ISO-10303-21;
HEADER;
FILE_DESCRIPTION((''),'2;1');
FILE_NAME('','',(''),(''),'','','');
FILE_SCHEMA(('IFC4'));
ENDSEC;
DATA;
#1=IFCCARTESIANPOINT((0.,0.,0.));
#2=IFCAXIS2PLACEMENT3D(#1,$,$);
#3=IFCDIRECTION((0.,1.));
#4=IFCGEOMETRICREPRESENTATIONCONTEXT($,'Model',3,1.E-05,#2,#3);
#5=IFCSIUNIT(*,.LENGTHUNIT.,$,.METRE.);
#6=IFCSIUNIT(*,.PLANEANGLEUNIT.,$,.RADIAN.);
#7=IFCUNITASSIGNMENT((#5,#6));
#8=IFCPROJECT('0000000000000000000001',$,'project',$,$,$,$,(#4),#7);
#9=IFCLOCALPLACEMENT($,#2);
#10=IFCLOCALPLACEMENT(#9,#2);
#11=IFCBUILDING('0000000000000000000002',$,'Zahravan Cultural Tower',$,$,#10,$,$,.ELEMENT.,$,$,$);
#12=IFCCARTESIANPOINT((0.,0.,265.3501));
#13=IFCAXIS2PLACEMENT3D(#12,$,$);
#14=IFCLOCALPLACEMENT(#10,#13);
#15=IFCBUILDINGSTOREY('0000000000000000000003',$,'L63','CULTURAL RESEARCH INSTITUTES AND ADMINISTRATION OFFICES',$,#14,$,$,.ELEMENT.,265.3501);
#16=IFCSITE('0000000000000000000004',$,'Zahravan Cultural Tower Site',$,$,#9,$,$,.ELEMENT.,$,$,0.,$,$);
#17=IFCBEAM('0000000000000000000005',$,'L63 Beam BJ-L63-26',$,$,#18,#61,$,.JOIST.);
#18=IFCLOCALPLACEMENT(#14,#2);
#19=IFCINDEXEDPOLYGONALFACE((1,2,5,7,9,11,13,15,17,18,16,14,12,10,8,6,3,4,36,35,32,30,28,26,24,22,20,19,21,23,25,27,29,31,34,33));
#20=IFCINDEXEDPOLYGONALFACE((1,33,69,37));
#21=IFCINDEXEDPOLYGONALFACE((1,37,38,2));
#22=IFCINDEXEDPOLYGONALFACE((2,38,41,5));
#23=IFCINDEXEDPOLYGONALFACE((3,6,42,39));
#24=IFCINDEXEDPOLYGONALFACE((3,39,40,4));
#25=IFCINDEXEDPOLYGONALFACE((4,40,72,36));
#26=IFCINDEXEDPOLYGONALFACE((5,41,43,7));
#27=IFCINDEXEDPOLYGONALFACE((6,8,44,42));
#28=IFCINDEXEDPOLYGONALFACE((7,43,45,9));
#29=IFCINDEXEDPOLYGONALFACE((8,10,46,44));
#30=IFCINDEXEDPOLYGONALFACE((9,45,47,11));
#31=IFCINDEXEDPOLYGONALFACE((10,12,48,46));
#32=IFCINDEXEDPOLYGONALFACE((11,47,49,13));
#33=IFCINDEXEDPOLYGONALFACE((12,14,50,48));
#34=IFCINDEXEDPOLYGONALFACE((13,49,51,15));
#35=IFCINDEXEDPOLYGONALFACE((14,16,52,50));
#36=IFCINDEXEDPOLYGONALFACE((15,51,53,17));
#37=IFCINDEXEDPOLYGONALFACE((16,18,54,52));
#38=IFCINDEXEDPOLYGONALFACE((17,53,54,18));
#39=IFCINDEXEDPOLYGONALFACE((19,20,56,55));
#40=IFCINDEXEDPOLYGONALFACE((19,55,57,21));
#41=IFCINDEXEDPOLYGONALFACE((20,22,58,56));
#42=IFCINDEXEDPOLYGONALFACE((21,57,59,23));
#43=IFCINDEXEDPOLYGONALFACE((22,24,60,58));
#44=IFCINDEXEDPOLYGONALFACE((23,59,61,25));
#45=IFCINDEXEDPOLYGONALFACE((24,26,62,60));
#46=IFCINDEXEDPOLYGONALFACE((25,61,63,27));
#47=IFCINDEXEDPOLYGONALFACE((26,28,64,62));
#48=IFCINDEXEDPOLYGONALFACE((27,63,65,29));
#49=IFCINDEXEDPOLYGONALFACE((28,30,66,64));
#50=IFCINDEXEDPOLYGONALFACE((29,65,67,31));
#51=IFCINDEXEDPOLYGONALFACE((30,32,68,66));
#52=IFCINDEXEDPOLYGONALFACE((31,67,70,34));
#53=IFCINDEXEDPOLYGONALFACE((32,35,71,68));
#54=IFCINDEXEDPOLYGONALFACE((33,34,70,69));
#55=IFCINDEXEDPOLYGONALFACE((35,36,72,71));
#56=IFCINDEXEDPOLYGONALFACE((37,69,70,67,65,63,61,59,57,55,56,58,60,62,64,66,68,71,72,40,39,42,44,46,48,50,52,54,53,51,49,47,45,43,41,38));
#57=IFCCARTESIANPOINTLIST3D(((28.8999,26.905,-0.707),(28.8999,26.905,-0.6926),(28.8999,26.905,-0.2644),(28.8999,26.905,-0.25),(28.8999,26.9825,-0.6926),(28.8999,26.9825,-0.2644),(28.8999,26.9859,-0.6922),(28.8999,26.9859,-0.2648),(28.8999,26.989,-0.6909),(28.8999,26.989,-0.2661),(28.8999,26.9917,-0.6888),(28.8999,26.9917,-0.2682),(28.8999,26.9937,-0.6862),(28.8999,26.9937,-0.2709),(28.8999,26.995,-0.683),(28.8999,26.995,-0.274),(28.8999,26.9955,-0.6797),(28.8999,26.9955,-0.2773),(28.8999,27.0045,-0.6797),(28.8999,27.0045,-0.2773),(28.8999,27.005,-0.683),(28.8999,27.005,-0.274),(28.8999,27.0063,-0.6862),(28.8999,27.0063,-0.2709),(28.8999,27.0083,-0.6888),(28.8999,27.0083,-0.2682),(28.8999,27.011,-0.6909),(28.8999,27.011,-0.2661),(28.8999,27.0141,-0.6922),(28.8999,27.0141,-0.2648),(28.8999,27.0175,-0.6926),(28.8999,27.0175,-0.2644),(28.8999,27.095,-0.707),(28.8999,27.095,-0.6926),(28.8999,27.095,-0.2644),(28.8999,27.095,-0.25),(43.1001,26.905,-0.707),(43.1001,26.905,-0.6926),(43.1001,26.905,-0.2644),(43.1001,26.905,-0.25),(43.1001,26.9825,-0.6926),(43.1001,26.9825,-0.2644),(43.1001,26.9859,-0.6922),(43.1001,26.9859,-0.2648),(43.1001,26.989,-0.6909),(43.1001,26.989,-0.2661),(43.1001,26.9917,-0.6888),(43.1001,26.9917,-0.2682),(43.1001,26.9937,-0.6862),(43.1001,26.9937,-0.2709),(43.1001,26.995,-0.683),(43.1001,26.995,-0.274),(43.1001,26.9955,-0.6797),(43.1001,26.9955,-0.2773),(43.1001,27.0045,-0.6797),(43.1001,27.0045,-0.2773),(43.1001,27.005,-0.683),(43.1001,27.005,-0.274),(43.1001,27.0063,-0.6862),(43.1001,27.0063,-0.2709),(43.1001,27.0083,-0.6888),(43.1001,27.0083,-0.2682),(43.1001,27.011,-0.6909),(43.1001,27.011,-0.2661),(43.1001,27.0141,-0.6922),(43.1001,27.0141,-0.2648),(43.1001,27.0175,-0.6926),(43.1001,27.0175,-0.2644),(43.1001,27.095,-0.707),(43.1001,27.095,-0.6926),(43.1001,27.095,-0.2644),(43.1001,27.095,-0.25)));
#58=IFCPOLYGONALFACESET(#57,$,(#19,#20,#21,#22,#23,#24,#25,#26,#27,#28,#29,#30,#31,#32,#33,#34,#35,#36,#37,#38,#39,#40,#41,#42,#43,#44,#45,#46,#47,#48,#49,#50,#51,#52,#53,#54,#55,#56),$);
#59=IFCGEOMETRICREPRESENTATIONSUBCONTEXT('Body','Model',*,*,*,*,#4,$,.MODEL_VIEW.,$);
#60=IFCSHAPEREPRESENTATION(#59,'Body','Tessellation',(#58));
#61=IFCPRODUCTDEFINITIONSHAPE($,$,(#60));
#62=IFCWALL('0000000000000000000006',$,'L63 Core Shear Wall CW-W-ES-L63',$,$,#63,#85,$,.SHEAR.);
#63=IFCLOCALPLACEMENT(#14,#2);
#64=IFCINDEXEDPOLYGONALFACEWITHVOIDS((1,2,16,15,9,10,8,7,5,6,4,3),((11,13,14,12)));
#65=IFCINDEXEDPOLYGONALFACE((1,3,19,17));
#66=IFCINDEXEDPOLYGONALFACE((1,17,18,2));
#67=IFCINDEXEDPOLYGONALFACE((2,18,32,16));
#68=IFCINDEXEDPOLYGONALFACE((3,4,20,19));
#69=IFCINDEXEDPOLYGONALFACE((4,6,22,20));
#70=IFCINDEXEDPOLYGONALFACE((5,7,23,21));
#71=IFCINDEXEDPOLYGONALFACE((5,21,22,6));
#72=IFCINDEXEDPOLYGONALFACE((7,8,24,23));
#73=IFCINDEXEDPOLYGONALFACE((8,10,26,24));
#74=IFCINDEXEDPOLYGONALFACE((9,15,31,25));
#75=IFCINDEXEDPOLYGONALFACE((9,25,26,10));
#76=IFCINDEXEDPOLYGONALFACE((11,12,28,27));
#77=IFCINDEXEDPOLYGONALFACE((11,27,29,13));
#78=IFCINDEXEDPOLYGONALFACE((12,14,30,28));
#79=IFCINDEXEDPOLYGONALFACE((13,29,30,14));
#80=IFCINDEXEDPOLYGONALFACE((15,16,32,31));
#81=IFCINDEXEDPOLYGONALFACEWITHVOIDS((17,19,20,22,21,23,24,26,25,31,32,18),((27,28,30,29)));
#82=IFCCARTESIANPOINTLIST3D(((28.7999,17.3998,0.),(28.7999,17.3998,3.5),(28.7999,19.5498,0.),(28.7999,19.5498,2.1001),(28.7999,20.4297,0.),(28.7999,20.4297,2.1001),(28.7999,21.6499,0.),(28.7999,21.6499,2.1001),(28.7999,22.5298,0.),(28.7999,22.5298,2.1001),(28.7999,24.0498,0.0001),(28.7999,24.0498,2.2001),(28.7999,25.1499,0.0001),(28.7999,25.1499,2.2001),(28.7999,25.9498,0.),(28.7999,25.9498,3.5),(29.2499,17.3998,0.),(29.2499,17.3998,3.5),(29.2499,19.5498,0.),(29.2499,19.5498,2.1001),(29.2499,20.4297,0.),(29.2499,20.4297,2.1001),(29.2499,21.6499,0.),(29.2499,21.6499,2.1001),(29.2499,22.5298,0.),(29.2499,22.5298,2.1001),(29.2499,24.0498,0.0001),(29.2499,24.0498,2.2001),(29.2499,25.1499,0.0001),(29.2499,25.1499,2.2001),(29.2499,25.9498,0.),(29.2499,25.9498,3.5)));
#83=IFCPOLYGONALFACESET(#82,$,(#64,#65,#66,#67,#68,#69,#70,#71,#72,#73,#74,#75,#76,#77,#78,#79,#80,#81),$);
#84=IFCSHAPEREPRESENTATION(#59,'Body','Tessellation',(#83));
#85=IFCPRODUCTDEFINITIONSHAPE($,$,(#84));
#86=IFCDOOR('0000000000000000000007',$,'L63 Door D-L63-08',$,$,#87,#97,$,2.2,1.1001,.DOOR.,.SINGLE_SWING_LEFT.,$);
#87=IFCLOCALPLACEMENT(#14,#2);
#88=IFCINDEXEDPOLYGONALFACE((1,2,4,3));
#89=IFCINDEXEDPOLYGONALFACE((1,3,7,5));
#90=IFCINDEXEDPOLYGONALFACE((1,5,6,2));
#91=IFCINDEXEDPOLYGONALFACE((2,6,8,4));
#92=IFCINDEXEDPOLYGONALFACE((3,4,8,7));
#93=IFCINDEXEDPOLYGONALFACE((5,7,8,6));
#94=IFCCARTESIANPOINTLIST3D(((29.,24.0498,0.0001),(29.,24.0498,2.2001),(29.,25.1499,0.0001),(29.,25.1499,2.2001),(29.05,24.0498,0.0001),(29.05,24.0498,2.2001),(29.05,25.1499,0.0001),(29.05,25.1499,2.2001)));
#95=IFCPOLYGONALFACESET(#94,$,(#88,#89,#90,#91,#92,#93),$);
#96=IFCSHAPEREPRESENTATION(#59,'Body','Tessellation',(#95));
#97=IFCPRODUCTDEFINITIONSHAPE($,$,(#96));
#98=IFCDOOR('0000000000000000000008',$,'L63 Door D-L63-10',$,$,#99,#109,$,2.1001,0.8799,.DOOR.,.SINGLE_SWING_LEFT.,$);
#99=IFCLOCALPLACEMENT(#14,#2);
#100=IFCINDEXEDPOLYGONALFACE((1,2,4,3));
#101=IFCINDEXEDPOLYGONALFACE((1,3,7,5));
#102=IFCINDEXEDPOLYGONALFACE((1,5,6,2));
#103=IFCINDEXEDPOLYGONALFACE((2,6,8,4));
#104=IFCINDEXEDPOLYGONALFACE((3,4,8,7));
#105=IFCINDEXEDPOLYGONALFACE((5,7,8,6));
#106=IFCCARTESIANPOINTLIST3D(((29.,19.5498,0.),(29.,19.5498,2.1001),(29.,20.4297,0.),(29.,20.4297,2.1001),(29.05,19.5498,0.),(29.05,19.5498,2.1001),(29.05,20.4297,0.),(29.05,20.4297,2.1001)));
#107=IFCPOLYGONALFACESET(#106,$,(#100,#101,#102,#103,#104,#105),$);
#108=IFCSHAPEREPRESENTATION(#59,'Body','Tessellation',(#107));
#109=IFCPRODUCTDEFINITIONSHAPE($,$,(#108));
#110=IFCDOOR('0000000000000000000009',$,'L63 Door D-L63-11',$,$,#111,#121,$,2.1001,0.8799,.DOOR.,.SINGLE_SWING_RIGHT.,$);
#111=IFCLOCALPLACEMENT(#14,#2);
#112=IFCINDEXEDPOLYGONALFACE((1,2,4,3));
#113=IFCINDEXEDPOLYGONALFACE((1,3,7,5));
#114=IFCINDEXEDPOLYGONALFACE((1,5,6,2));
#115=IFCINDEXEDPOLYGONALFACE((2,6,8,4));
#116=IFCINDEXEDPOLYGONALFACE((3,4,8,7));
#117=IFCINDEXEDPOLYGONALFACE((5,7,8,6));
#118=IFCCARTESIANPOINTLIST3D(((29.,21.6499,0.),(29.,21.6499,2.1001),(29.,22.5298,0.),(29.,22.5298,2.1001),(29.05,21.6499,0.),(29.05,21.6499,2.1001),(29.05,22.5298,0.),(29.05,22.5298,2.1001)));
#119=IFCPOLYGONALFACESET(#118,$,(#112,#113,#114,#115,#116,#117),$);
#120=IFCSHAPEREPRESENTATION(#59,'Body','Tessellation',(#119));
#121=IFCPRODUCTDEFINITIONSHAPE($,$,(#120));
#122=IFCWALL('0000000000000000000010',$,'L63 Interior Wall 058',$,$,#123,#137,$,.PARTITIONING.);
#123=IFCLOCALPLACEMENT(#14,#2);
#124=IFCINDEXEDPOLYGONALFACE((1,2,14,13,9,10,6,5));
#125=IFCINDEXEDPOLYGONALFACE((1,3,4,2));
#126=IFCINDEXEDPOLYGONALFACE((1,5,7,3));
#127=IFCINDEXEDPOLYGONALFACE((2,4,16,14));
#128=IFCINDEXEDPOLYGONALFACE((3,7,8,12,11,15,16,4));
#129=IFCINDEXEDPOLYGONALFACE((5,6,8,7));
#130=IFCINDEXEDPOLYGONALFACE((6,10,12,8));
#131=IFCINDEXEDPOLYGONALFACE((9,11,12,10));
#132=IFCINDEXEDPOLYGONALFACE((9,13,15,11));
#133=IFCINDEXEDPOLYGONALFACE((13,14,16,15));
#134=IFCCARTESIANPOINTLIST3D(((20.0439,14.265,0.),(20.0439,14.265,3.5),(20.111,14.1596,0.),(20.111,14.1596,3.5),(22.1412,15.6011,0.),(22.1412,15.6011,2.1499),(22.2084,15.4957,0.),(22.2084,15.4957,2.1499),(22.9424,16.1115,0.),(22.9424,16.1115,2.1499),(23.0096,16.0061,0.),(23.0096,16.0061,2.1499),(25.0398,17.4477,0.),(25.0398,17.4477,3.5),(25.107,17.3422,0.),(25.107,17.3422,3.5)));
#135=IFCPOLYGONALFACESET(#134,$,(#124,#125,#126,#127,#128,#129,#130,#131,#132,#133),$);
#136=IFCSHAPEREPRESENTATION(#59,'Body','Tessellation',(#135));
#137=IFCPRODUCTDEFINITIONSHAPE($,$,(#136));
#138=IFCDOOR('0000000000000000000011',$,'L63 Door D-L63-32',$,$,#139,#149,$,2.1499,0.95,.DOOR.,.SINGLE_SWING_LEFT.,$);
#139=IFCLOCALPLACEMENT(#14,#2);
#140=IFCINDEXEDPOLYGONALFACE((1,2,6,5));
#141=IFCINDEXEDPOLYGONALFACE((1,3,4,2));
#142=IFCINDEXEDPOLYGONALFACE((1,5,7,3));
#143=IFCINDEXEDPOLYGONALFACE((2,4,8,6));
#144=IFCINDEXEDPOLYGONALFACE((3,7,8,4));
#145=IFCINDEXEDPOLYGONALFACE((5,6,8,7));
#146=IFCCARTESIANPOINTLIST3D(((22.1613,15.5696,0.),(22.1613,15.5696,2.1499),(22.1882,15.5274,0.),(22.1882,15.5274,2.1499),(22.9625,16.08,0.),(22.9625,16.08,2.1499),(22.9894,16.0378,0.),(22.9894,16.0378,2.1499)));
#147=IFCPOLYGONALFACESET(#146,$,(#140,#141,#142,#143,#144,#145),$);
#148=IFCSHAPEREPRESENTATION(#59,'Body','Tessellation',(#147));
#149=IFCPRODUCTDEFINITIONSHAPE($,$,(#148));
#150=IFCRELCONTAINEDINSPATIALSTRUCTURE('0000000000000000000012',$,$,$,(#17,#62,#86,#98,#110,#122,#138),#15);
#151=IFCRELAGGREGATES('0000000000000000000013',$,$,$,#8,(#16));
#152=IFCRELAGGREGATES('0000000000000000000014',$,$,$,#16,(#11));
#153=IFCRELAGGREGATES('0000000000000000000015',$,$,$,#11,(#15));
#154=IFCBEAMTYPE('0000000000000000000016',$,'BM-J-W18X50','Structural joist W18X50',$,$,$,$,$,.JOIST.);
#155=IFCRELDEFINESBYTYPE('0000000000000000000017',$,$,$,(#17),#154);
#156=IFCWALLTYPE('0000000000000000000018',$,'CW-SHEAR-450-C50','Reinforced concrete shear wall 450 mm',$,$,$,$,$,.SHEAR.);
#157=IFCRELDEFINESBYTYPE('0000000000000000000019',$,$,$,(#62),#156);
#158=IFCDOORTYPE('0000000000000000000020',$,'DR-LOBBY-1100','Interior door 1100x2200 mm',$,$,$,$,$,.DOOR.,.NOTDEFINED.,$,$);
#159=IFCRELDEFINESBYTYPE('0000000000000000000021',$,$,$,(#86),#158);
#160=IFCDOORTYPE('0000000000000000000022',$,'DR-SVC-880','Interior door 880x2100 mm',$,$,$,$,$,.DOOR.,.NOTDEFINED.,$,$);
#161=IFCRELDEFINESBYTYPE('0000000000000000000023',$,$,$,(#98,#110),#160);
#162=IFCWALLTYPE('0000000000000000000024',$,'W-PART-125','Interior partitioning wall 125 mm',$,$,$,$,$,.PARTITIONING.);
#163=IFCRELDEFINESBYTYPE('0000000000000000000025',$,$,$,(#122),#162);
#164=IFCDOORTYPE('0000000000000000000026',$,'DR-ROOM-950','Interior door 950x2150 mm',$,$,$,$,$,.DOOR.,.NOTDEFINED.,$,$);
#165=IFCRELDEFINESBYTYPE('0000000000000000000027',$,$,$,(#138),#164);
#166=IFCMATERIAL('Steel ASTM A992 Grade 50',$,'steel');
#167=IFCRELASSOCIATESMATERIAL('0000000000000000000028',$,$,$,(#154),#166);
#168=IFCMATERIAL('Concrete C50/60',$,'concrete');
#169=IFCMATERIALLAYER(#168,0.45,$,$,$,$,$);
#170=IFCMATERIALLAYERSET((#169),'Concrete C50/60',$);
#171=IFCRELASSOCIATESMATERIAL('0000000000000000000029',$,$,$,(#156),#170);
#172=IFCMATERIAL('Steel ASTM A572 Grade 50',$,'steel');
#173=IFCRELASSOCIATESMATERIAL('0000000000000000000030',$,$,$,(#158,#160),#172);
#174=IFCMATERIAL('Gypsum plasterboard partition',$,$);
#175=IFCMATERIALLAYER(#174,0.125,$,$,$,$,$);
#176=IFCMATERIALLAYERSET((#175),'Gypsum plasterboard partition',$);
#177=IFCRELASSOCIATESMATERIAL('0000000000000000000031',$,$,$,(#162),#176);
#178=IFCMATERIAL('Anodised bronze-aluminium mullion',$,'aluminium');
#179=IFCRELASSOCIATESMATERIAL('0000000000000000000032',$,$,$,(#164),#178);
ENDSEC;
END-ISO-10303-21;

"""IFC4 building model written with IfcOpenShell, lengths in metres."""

from ifc_helpers import new_model, si_unit, direction, frame, frame_2d, origin, origin_2d, place, context, subcontext, project, spatial, rectangle, i_section, extrude, source, transform, mapped, material, layer, layer_set, material_profile, profile_set, type_object, element, fill, save


model = new_model("IFC4")

# Units and contexts
model_context = context("Model", 3, precision=1e-05, world=origin(), true_north=direction((0.0, 1.0)))
body_context = subcontext(model_context, "Body", "Model", "MODEL_VIEW")
ifc_project = project(units=[si_unit("LENGTHUNIT", "METRE"), si_unit("PLANEANGLEUNIT", "RADIAN")], contexts=[model_context])

# Site, building, storey
site_placement = place(None, origin())
site = spatial("IfcSite", under=ifc_project, at=site_placement, Name="Zahravan Cultural Tower Site", CompositionType="ELEMENT", RefElevation=0.0)
building_placement = place(site_placement, origin())
building = spatial("IfcBuilding", under=site, at=building_placement, Name="Zahravan Cultural Tower", CompositionType="ELEMENT")
storey_placement = place(building_placement, frame((0.0, 0.0, 265.3501)))
storey = spatial("IfcBuildingStorey", under=building, at=storey_placement, Name="L63", Description="CULTURAL RESEARCH INSTITUTES AND ADMINISTRATION OFFICES", CompositionType="ELEMENT", Elevation=265.3501)

# Shared definitions
ifc_material_1 = material(Name="Concrete C50/60", Category="concrete")

# Beam
ifc_material_2 = material(Name="Steel ASTM A992 Grade 50", Category="steel")
ifc_material_profile_1 = material_profile(ifc_material_2, i_section(OverallWidth=0.1899, OverallDepth=0.457, WebThickness=0.009, FlangeThickness=0.0144, FilletRadius=0.0129, at=origin_2d()), Name="W18X50")
ifc_profile_set_1 = profile_set([ifc_material_profile_1], Name="Steel ASTM A992 Grade 50")
beam_type_1 = type_object("IfcBeamType", Name="BM-J-W18X50", Description="Structural joist W18X50", PredefinedType="JOIST", material=ifc_profile_set_1)
shared_shape_1 = source(origin(), body_context, "Body", "SweptSolid", [
    extrude(i_section(OverallWidth=0.1899, OverallDepth=0.457, WebThickness=0.009, FlangeThickness=0.0144, FilletRadius=0.0129, at=origin_2d()), origin(), (0.0, 0.0, 1.0), 14.2002),
])
for number, where, z_axis, x_axis, name in (
    (1, (28.8999, 27.0, -0.4785), (1.0, 0.0, 0.0), (0.0, 1.0, 0.0), "L63 Beam BJ-L63-26"),
):
    element("IfcBeam", number, at=place(storey_placement, frame(where, z_axis=z_axis, x_axis=x_axis)), inside=storey, type_object=beam_type_1, Name=name, PredefinedType="JOIST", context=body_context, shape_type="MappedRepresentation", body=[
        mapped(shared_shape_1, transform((0.0, 0.0, 0.0), x_axis=(1.0, 0.0, 0.0), y_axis=(0.0, 1.0, 0.0), z_axis=(0.0, 0.0, 1.0), scale=1.0)),
    ])

# Wall, openings, doors
ifc_layer_1 = layer(ifc_material_1, 0.45)
ifc_layer_set_1 = layer_set([ifc_layer_1], Name="Concrete C50/60")
wall_type_1 = type_object("IfcWallType", Name="CW-SHEAR-450-C50", Description="Reinforced concrete shear wall 450 mm", PredefinedType="SHEAR", material=ifc_layer_set_1)
wall_1_placement = place(storey_placement, frame((29.0249, 17.3999, 0.0), z_axis=(0.0, 0.0, 1.0), x_axis=(0.0, 1.0, 0.0)))
wall_1 = element("IfcWall", 2, at=wall_1_placement, inside=storey, type_object=wall_type_1, Name="L63 Core Shear Wall CW-W-ES-L63", PredefinedType="SHEAR", context=body_context, shape_type="SweptSolid", body=[
    extrude(rectangle(XDim=8.55, YDim=0.45, at=frame_2d((4.2749, 0.0))), origin(), (0.0, 0.0, 1.0), 3.5),
])
opening_1_placement = place(wall_1_placement, frame((6.6499, 0.0, 0.0)))
opening_1 = element("IfcOpeningElement", 3, at=opening_1_placement, cuts=wall_1, PredefinedType="OPENING", context=body_context, shape_type="SweptSolid", body=[
    extrude(rectangle(XDim=1.1001, YDim=2.2, at=frame_2d((0.55, 1.1001))), frame((0.0, 0.2349, 0.0), z_axis=(0.0, -1.0, 0.0), x_axis=(1.0, 0.0, 0.0)), (0.0, 0.0, 1.0), 0.47),
])
opening_2_placement = place(wall_1_placement, frame((2.1499, 0.0, 0.0)))
opening_2 = element("IfcOpeningElement", 4, at=opening_2_placement, cuts=wall_1, PredefinedType="OPENING", context=body_context, shape_type="SweptSolid", body=[
    extrude(rectangle(XDim=0.8799, YDim=2.1001, at=frame_2d((0.4399, 1.05))), frame((0.0, 0.2349, 0.0), z_axis=(0.0, -1.0, 0.0), x_axis=(1.0, 0.0, 0.0)), (0.0, 0.0, 1.0), 0.47),
])
opening_3_placement = place(wall_1_placement, frame((4.25, 0.0, 0.0)))
opening_3 = element("IfcOpeningElement", 5, at=opening_3_placement, cuts=wall_1, PredefinedType="OPENING", context=body_context, shape_type="SweptSolid", body=[
    extrude(rectangle(XDim=0.8799, YDim=2.1001, at=frame_2d((0.4399, 1.05))), frame((0.0, 0.2349, 0.0), z_axis=(0.0, -1.0, 0.0), x_axis=(1.0, 0.0, 0.0)), (0.0, 0.0, 1.0), 0.47),
])
ifc_material_3 = material(Name="Steel ASTM A572 Grade 50", Category="steel")
door_type_1 = type_object("IfcDoorType", Name="DR-LOBBY-1100", Description="Interior door 1100x2200 mm", OperationType="NOTDEFINED", PredefinedType="DOOR", material=ifc_material_3)
shared_shape_2 = source(origin(), body_context, "Body", "SweptSolid", [
    extrude(rectangle(XDim=1.1001, YDim=2.2, at=frame_2d((0.55, 1.1001))), frame((0.0, 0.0249, 0.0), z_axis=(0.0, -1.0, 0.0), x_axis=(1.0, 0.0, 0.0)), (0.0, 0.0, 1.0), 0.05),
])
door_1_placement = place(opening_1_placement, origin())
door_1 = element("IfcDoor", 6, at=door_1_placement, inside=storey, type_object=door_type_1, Name="L63 Door D-L63-08", OperationType="SINGLE_SWING_LEFT", OverallHeight=2.2, OverallWidth=1.1001, PredefinedType="DOOR", context=body_context, shape_type="MappedRepresentation", body=[
    mapped(shared_shape_2, transform((0.0, 0.0, 0.0), x_axis=(1.0, 0.0, 0.0), y_axis=(0.0, 1.0, 0.0), z_axis=(0.0, 0.0, 1.0), scale=1.0)),
])
fill(opening_1, door_1)
door_type_2 = type_object("IfcDoorType", Name="DR-SVC-880", Description="Interior door 880x2100 mm", OperationType="NOTDEFINED", PredefinedType="DOOR", material=ifc_material_3)
shared_shape_3 = source(origin(), body_context, "Body", "SweptSolid", [
    extrude(rectangle(XDim=0.8799, YDim=2.1001, at=frame_2d((0.4399, 1.05))), frame((0.0, 0.0249, 0.0), z_axis=(0.0, -1.0, 0.0), x_axis=(1.0, 0.0, 0.0)), (0.0, 0.0, 1.0), 0.05),
])
door_2_placement = place(opening_2_placement, origin())
door_2 = element("IfcDoor", 7, at=door_2_placement, inside=storey, type_object=door_type_2, Name="L63 Door D-L63-10", OperationType="SINGLE_SWING_LEFT", OverallHeight=2.1001, OverallWidth=0.8799, PredefinedType="DOOR", context=body_context, shape_type="MappedRepresentation", body=[
    mapped(shared_shape_3, transform((0.0, 0.0, 0.0), x_axis=(1.0, 0.0, 0.0), y_axis=(0.0, 1.0, 0.0), z_axis=(0.0, 0.0, 1.0), scale=1.0)),
])
fill(opening_2, door_2)
door_3_placement = place(opening_3_placement, origin())
door_3 = element("IfcDoor", 8, at=door_3_placement, inside=storey, type_object=door_type_2, Name="L63 Door D-L63-11", OperationType="SINGLE_SWING_RIGHT", OverallHeight=2.1001, OverallWidth=0.8799, PredefinedType="DOOR", context=body_context, shape_type="MappedRepresentation", body=[
    mapped(shared_shape_3, transform((0.0, 0.0, 0.0), x_axis=(1.0, 0.0, 0.0), y_axis=(0.0, 1.0, 0.0), z_axis=(0.0, 0.0, 1.0), scale=1.0)),
])
fill(opening_3, door_3)

# Wall, opening, door
ifc_material_4 = material(Name="Gypsum plasterboard partition")
ifc_layer_2 = layer(ifc_material_4, 0.125)
ifc_layer_set_2 = layer_set([ifc_layer_2], Name="Gypsum plasterboard partition")
wall_type_2 = type_object("IfcWallType", Name="W-PART-125", Description="Interior partitioning wall 125 mm", PredefinedType="PARTITIONING", material=ifc_layer_set_2)
wall_2_placement = place(storey_placement, frame((25.0735, 17.395, 0.0), z_axis=(0.0, 0.0, 1.0), x_axis=(-0.843398, -0.537289, 0.0)))
wall_2 = element("IfcWall", 9, at=wall_2_placement, inside=storey, type_object=wall_type_2, Name="L63 Interior Wall 058", PredefinedType="PARTITIONING", context=body_context, shape_type="SweptSolid", body=[
    extrude(rectangle(XDim=5.9236, YDim=0.125, at=frame_2d((2.9619, 0.0))), origin(), (0.0, 0.0, 1.0), 3.5),
])
opening_4_placement = place(wall_2_placement, frame((2.4868, 0.0, 0.0)))
opening_4 = element("IfcOpeningElement", 10, at=opening_4_placement, cuts=wall_2, PredefinedType="OPENING", context=body_context, shape_type="SweptSolid", body=[
    extrude(rectangle(XDim=0.95, YDim=2.1499, at=frame_2d((0.4751, 1.075))), frame((0.0, 0.0725, 0.0), z_axis=(0.0, -1.0, 0.0), x_axis=(1.0, 0.0, 0.0)), (0.0, 0.0, 1.0), 0.145),
])
ifc_material_5 = material(Name="Anodised bronze-aluminium mullion", Category="aluminium")
door_type_3 = type_object("IfcDoorType", Name="DR-ROOM-950", Description="Interior door 950x2150 mm", OperationType="NOTDEFINED", PredefinedType="DOOR", material=ifc_material_5)
shared_shape_4 = source(origin(), body_context, "Body", "SweptSolid", [
    extrude(rectangle(XDim=0.95, YDim=2.1499, at=frame_2d((0.4751, 1.075))), frame((0.0, 0.0249, 0.0), z_axis=(0.0, -1.0, 0.0), x_axis=(1.0, 0.0, 0.0)), (0.0, 0.0, 1.0), 0.05),
])
door_4_placement = place(opening_4_placement, origin())
door_4 = element("IfcDoor", 11, at=door_4_placement, inside=storey, type_object=door_type_3, Name="L63 Door D-L63-32", OperationType="SINGLE_SWING_LEFT", OverallHeight=2.1499, OverallWidth=0.95, PredefinedType="DOOR", context=body_context, shape_type="MappedRepresentation", body=[
    mapped(shared_shape_4, transform((0.0, 0.0, 0.0), x_axis=(1.0, 0.0, 0.0), y_axis=(0.0, 1.0, 0.0), z_axis=(0.0, 0.0, 1.0), scale=1.0)),
])
fill(opening_4, door_4)

save(model, "model.ifc")
